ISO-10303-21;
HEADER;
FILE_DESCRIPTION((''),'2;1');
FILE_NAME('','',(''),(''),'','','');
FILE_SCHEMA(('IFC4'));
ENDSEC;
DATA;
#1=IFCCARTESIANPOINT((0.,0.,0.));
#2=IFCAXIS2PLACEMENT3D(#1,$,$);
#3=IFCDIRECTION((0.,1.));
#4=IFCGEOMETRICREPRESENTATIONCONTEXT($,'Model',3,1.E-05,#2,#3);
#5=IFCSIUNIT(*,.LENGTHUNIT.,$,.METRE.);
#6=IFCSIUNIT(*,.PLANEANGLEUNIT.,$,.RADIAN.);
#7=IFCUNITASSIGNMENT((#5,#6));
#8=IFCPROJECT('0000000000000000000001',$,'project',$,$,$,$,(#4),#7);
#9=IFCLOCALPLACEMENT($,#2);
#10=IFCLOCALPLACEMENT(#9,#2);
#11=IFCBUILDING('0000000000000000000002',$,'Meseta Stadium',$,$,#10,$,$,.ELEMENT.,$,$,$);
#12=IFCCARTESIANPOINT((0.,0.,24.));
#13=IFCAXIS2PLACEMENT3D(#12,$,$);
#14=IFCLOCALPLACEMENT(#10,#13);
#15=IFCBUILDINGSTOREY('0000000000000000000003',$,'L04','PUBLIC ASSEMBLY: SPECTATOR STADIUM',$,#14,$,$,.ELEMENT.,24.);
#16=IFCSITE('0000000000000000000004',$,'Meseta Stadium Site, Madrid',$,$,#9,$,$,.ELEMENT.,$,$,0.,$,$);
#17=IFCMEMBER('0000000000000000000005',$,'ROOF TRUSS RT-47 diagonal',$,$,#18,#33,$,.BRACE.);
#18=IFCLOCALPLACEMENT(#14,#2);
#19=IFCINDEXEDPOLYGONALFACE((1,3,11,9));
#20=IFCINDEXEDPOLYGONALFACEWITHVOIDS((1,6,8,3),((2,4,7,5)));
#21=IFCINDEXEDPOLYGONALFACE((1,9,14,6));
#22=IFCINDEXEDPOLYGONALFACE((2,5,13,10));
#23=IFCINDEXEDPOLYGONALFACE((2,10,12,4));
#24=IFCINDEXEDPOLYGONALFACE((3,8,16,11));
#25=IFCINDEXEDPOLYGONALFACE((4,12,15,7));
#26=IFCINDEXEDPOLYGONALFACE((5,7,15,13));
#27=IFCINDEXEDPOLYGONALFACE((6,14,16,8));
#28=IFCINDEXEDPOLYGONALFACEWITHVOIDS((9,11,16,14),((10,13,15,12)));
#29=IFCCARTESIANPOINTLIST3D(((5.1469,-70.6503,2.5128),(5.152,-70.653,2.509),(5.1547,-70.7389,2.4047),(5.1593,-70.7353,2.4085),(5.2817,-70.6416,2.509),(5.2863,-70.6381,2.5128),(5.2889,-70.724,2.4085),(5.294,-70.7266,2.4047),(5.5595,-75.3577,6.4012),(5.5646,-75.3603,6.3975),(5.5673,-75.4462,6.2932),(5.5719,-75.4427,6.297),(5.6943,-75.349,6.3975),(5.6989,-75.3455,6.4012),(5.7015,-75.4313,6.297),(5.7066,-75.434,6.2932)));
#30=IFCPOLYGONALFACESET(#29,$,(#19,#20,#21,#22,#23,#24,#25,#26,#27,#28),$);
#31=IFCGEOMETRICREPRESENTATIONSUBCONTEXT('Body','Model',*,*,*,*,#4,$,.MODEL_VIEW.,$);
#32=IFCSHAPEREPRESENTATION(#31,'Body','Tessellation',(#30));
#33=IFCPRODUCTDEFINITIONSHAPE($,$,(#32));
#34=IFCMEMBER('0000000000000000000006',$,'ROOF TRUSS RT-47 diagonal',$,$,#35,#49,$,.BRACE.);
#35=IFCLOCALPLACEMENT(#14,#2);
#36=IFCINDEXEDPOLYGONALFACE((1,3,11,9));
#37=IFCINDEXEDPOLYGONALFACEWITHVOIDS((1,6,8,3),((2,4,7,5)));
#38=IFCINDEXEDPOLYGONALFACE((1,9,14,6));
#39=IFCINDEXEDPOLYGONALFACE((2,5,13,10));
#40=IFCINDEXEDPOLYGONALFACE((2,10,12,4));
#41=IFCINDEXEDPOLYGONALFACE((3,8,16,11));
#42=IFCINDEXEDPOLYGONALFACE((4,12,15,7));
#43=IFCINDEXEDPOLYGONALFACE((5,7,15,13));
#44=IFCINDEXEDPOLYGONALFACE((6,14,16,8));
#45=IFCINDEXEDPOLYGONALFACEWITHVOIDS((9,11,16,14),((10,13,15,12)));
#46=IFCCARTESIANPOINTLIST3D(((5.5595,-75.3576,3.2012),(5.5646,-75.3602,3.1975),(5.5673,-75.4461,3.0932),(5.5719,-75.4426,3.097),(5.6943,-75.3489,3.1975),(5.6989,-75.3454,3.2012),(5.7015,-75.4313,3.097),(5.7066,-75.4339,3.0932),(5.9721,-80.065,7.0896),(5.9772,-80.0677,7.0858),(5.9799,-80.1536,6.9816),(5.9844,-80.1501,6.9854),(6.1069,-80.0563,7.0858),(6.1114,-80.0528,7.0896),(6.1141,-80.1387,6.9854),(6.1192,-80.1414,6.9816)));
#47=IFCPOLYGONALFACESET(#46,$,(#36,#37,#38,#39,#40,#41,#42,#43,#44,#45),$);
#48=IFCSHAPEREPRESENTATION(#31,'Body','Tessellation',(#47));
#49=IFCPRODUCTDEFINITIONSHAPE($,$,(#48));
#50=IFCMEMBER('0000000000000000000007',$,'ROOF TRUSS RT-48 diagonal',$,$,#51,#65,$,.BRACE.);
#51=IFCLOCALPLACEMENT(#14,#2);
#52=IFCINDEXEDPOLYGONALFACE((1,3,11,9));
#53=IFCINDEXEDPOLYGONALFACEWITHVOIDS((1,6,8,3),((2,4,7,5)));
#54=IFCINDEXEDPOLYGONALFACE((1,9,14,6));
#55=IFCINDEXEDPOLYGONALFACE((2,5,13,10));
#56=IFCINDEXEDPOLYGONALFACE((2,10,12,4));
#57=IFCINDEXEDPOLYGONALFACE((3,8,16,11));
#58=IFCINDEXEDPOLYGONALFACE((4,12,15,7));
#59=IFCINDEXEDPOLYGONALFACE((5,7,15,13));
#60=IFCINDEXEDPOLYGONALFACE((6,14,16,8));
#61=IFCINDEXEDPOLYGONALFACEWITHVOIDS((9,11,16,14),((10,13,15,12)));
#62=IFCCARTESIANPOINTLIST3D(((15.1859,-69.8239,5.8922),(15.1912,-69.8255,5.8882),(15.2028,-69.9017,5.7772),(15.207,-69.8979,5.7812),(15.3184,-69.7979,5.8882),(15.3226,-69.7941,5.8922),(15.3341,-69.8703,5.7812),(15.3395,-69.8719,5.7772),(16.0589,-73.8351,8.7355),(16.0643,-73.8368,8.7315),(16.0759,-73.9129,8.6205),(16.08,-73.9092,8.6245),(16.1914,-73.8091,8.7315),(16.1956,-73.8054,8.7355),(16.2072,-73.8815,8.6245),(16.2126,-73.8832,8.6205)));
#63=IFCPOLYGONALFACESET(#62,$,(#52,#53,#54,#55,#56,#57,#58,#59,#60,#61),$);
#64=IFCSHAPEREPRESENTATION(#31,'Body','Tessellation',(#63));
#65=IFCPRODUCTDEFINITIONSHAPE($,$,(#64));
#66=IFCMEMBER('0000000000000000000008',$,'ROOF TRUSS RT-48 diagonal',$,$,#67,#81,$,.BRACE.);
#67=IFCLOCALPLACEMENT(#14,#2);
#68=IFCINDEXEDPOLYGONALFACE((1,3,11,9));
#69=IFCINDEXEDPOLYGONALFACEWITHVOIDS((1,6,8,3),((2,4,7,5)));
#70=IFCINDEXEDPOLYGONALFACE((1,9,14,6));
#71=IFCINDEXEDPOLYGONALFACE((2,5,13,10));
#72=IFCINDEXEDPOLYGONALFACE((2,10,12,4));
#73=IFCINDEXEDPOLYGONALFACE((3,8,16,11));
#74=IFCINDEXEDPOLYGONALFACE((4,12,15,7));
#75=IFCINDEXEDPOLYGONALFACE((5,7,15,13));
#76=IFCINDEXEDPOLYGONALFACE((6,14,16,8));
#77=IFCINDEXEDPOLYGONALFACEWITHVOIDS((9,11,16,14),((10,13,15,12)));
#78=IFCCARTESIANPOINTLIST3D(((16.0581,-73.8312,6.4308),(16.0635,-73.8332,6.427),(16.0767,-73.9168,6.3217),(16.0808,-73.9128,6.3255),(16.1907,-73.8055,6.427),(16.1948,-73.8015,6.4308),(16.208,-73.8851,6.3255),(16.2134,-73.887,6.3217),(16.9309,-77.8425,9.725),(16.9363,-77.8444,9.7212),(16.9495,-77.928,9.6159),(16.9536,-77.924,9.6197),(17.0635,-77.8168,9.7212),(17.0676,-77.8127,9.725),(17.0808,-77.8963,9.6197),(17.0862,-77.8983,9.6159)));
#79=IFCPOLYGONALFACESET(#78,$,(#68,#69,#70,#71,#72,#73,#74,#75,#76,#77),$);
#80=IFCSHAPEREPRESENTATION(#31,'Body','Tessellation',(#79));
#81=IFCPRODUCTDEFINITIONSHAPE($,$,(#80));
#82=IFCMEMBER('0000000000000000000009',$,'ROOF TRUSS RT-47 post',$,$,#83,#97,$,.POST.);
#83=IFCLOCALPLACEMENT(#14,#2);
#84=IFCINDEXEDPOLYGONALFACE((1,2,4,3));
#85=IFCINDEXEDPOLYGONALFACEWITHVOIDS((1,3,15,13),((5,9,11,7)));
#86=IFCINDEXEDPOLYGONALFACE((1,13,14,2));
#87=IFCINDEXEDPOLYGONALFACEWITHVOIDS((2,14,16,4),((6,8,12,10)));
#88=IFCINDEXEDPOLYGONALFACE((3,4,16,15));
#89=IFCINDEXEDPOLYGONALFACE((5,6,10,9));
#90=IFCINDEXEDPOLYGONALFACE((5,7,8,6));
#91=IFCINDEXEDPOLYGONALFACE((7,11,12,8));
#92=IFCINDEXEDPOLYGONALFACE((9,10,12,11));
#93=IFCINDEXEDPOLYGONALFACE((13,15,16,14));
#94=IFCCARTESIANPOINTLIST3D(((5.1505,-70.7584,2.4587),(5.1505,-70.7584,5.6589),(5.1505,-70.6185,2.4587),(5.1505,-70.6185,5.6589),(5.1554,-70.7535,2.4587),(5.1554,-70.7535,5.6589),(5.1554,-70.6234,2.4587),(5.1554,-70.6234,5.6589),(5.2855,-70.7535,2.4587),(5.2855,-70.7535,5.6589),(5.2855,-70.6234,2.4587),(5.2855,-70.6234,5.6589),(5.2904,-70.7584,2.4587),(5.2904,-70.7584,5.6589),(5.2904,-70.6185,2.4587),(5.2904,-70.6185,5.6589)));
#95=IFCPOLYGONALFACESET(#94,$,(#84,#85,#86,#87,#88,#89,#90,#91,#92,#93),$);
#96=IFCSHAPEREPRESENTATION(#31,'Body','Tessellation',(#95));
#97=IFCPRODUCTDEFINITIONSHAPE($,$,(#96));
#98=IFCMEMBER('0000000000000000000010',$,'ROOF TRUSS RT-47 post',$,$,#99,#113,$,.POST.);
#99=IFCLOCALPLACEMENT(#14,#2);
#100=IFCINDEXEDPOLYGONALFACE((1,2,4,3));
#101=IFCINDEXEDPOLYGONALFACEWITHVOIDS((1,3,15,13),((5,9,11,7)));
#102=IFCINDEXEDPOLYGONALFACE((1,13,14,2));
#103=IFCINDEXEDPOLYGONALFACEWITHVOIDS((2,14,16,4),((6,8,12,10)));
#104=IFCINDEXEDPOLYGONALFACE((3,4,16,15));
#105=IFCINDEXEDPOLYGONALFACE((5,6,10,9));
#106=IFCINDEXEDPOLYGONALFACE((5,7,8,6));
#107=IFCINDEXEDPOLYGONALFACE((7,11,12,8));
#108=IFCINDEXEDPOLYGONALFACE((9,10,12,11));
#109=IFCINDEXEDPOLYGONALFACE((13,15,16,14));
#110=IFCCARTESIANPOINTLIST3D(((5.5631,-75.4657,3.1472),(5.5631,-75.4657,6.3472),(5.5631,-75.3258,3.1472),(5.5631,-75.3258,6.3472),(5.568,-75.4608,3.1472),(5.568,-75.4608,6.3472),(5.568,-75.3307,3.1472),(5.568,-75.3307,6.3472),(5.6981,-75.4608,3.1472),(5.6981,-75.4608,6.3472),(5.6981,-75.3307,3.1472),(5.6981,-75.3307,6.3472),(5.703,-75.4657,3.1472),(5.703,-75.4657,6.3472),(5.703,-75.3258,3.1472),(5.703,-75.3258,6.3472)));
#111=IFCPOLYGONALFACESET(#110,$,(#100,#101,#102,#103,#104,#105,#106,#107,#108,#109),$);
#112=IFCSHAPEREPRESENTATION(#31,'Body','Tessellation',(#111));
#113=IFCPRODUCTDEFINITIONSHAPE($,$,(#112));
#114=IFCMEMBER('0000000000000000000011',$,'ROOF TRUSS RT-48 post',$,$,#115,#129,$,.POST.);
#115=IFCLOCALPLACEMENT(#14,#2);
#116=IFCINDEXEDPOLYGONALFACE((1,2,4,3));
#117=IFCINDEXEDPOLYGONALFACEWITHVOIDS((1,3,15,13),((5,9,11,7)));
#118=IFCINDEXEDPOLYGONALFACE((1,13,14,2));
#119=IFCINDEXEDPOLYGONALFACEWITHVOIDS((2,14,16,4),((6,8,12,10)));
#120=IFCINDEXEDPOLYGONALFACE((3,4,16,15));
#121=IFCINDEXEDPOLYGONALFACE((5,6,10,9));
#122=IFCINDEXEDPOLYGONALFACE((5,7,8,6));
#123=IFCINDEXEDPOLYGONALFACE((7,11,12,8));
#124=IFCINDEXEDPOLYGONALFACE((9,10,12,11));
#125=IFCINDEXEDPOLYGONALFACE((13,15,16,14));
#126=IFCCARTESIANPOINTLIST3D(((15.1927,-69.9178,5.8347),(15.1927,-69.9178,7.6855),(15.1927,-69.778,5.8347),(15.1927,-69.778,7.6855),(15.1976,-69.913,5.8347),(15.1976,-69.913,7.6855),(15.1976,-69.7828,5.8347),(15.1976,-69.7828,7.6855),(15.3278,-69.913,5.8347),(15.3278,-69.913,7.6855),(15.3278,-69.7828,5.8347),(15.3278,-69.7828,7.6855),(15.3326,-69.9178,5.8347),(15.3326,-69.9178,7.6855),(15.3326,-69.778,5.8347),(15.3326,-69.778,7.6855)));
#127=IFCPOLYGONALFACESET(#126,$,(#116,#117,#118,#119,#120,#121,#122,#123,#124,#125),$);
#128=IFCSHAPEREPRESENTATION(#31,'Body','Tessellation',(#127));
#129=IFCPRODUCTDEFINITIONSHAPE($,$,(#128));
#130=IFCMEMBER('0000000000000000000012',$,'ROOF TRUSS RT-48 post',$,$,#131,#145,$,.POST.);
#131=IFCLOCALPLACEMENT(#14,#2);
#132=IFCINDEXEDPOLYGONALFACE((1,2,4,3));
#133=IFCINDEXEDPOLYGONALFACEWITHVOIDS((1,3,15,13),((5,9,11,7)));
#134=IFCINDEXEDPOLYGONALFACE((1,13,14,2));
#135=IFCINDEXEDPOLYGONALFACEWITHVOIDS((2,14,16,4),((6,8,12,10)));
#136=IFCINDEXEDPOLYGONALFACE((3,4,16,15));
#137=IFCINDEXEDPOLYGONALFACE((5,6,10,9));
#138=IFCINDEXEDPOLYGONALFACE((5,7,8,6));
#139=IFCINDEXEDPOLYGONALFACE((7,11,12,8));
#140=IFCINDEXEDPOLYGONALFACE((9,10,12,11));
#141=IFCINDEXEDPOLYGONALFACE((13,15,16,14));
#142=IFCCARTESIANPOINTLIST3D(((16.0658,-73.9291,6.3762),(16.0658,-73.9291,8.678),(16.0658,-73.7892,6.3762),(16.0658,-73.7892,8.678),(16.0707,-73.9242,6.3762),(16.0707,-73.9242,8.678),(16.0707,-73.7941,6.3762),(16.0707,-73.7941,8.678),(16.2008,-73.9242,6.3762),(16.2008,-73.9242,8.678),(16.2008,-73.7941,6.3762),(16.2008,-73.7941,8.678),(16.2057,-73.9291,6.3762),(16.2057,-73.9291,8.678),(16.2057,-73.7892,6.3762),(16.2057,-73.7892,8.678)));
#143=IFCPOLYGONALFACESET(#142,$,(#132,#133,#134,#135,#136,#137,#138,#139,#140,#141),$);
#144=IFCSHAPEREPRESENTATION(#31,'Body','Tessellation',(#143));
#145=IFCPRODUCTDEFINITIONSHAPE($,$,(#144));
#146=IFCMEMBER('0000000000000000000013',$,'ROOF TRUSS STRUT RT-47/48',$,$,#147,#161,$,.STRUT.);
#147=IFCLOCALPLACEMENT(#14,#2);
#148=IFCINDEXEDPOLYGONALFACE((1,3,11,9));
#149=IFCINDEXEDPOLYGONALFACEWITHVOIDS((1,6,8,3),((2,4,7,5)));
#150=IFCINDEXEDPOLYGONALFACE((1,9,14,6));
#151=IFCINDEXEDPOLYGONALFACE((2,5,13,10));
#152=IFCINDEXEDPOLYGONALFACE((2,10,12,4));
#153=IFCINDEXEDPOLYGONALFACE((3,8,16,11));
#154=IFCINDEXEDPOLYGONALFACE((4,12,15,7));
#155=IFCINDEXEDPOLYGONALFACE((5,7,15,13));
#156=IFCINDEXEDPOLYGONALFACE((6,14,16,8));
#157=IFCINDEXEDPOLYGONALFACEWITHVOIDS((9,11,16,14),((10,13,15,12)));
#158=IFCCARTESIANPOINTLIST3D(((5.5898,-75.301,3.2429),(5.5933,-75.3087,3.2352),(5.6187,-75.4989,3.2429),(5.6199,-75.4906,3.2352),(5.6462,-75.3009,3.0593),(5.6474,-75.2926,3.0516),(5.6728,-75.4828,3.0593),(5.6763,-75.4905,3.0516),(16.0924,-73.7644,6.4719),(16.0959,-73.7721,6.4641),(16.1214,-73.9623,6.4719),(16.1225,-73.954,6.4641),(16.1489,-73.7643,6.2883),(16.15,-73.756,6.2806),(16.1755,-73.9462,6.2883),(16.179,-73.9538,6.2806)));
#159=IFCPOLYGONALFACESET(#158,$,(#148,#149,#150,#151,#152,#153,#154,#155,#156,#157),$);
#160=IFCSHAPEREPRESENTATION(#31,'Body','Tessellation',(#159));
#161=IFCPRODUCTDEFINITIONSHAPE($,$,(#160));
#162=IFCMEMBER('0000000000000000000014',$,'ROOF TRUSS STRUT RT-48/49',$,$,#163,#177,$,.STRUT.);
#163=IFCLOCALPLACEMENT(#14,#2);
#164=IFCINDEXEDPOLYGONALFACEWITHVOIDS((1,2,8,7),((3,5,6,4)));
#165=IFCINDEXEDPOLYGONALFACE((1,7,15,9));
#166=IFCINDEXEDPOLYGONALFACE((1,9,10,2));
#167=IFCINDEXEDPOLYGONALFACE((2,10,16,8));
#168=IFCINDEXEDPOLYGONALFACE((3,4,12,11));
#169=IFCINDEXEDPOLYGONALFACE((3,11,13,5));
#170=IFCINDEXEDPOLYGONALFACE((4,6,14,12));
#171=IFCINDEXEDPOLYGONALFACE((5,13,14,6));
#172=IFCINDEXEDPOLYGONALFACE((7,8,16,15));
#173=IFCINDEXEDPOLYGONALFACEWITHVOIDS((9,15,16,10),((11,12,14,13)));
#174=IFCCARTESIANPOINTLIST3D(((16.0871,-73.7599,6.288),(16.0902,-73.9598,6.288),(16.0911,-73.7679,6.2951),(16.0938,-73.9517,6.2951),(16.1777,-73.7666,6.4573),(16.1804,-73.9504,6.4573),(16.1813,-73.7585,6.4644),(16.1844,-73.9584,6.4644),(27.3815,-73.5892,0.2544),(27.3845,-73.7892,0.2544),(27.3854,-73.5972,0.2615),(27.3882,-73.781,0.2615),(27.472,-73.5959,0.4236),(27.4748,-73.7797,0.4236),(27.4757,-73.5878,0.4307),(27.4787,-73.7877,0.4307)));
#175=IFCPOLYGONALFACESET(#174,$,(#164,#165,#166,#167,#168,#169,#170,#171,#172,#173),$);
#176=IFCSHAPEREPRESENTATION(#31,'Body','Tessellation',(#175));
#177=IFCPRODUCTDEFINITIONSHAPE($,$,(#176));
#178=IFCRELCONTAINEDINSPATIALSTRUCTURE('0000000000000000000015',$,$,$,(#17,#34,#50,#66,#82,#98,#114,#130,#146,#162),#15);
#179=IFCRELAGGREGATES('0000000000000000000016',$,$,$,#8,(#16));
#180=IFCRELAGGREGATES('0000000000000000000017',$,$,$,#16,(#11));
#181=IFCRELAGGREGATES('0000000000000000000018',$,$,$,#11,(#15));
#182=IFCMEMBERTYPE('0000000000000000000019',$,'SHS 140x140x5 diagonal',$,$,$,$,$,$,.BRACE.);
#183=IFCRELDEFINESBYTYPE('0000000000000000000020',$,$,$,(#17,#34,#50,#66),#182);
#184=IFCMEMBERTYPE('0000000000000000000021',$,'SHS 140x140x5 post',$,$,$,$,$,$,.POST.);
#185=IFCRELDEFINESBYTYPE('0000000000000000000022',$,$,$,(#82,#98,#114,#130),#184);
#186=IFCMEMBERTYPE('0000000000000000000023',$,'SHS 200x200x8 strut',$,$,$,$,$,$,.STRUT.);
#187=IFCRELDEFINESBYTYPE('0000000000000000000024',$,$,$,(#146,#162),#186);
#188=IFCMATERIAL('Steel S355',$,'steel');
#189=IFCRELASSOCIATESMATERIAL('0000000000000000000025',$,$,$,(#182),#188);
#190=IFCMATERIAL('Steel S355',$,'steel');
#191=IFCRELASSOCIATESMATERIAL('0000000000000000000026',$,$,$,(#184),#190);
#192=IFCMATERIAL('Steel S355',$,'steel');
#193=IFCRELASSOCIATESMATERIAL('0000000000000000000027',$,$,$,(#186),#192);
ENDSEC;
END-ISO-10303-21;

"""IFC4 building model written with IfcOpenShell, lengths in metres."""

from ifc_helpers import new_model, si_unit, direction, frame, origin, origin_2d, place, context, subcontext, project, spatial, hollow_rectangle, extrude, material, material_profile, profile_set, type_object, element, save


model = new_model("IFC4")

# Units and contexts
model_context = context("Model", 3, precision=1e-05, world=origin(), true_north=direction((0.0, 1.0)))
body_context = subcontext(model_context, "Body", "Model", "MODEL_VIEW")
ifc_project = project(units=[si_unit("LENGTHUNIT", "METRE"), si_unit("PLANEANGLEUNIT", "RADIAN")], contexts=[model_context])

# Site, building, storey
site_placement = place(None, origin())
site = spatial("IfcSite", under=ifc_project, at=site_placement, Name="Meseta Stadium Site, Madrid", CompositionType="ELEMENT", RefElevation=0.0)
building_placement = place(site_placement, origin())
building = spatial("IfcBuilding", under=site, at=building_placement, Name="Meseta Stadium", CompositionType="ELEMENT")
storey_placement = place(building_placement, frame((0.0, 0.0, 24.0)))
storey = spatial("IfcBuildingStorey", under=building, at=storey_placement, Name="L04", Description="PUBLIC ASSEMBLY: SPECTATOR STADIUM", CompositionType="ELEMENT", Elevation=24.0)

# Members
ifc_material_1 = material(Name="Steel S355", Category="steel")
ifc_material_profile_1 = material_profile(ifc_material_1, hollow_rectangle(XDim=0.1399, YDim=0.1399, WallThickness=0.0049, at=origin_2d()), Name="SHS 140x140x5")
ifc_profile_set_1 = profile_set([ifc_material_profile_1], Name="Steel S355")
member_type_1 = type_object("IfcMemberType", Name="SHS 140x140x5 diagonal", PredefinedType="BRACE", material=ifc_profile_set_1)
for number, where, z_axis, x_axis, name in (
    (1, (5.2205, -70.6885, 2.4587), (0.067423, -0.769223, 0.635414), (0.996181, 0.087316, 0.0), "ROOF TRUSS RT-47 diagonal"),
    (2, (5.6331, -75.3958, 3.1472), (0.067421, -0.769239, 0.635394), (0.996181, 0.087312, 0.0), "ROOF TRUSS RT-47 diagonal"),
):
    element("IfcMember", number, at=place(storey_placement, frame(where, z_axis=z_axis, x_axis=x_axis)), inside=storey, type_object=member_type_1, Name=name, PredefinedType="BRACE", context=body_context, shape_type="SweptSolid", body=[
        extrude(hollow_rectangle(XDim=0.1399, YDim=0.1399, WallThickness=0.0049, at=origin_2d()), origin(), (0.0, 0.0, 1.0), 6.1196),
    ])
member_1_placement = place(storey_placement, frame((15.2627, -69.8479, 5.8347), z_axis=(0.174832, -0.80327, 0.569378), x_axis=(0.977124, 0.212672, 0.0)))
element("IfcMember", 3, at=member_1_placement, inside=storey, type_object=member_type_1, Name="ROOF TRUSS RT-48 diagonal", PredefinedType="BRACE", context=body_context, shape_type="SweptSolid", body=[
    extrude(hollow_rectangle(XDim=0.1399, YDim=0.1399, WallThickness=0.0049, at=origin_2d()), origin(), (0.0, 0.0, 1.0), 4.9937),
])
member_2_placement = place(storey_placement, frame((16.1357, -73.8591, 6.3762), z_axis=(0.165825, -0.762098, 0.625867), x_axis=(0.977136, 0.212615, 0.0)))
element("IfcMember", 4, at=member_2_placement, inside=storey, type_object=member_type_1, Name="ROOF TRUSS RT-48 diagonal", PredefinedType="BRACE", context=body_context, shape_type="SweptSolid", body=[
    extrude(hollow_rectangle(XDim=0.1399, YDim=0.1399, WallThickness=0.0049, at=origin_2d()), origin(), (0.0, 0.0, 1.0), 5.2634),
])
ifc_material_2 = material(Name="Steel S355", Category="steel")
ifc_material_profile_2 = material_profile(ifc_material_2, hollow_rectangle(XDim=0.1399, YDim=0.1399, WallThickness=0.0049, at=origin_2d()), Name="SHS 140x140x5")
ifc_profile_set_2 = profile_set([ifc_material_profile_2], Name="Steel S355")
member_type_2 = type_object("IfcMemberType", Name="SHS 140x140x5 post", PredefinedType="POST", material=ifc_profile_set_2)
member_3_placement = place(storey_placement, frame((5.2205, -70.6885, 2.4587), z_axis=(0.0, 0.0, 1.0), x_axis=(1.0, 0.0, 0.0)))
element("IfcMember", 5, at=member_3_placement, inside=storey, type_object=member_type_2, Name="ROOF TRUSS RT-47 post", PredefinedType="POST", context=body_context, shape_type="SweptSolid", body=[
    extrude(hollow_rectangle(XDim=0.1399, YDim=0.1399, WallThickness=0.0049, at=origin_2d()), origin(), (0.0, 0.0, 1.0), 3.2002),
])
member_4_placement = place(storey_placement, frame((5.6331, -75.3958, 3.1472), z_axis=(0.0, 0.0, 1.0), x_axis=(1.0, 0.0, 0.0)))
element("IfcMember", 6, at=member_4_placement, inside=storey, type_object=member_type_2, Name="ROOF TRUSS RT-47 post", PredefinedType="POST", context=body_context, shape_type="SweptSolid", body=[
    extrude(hollow_rectangle(XDim=0.1399, YDim=0.1399, WallThickness=0.0049, at=origin_2d()), origin(), (0.0, 0.0, 1.0), 3.2),
])
member_5_placement = place(storey_placement, frame((15.2627, -69.8479, 5.8347), z_axis=(0.0, 0.0, 1.0), x_axis=(1.0, 0.0, 0.0)))
element("IfcMember", 7, at=member_5_placement, inside=storey, type_object=member_type_2, Name="ROOF TRUSS RT-48 post", PredefinedType="POST", context=body_context, shape_type="SweptSolid", body=[
    extrude(hollow_rectangle(XDim=0.1399, YDim=0.1399, WallThickness=0.0049, at=origin_2d()), origin(), (0.0, 0.0, 1.0), 1.8508),
])
member_6_placement = place(storey_placement, frame((16.1357, -73.8591, 6.3762), z_axis=(0.0, 0.0, 1.0), x_axis=(1.0, 0.0, 0.0)))
element("IfcMember", 8, at=member_6_placement, inside=storey, type_object=member_type_2, Name="ROOF TRUSS RT-48 post", PredefinedType="POST", context=body_context, shape_type="SweptSolid", body=[
    extrude(hollow_rectangle(XDim=0.1399, YDim=0.1399, WallThickness=0.0049, at=origin_2d()), origin(), (0.0, 0.0, 1.0), 2.3018),
])
ifc_material_3 = material(Name="Steel S355", Category="steel")
ifc_material_profile_3 = material_profile(ifc_material_3, hollow_rectangle(XDim=0.2, YDim=0.2, WallThickness=0.0081, at=origin_2d()), Name="SHS 200x200x8")
ifc_profile_set_3 = profile_set([ifc_material_profile_3], Name="Steel S355")
member_type_3 = type_object("IfcMemberType", Name="SHS 200x200x8 strut", PredefinedType="STRUT", material=ifc_profile_set_3)
member_7_placement = place(storey_placement, frame((5.6331, -75.3958, 3.1472), z_axis=(0.946633, 0.1385, 0.291038), x_axis=(-0.144766, 0.989466, 0.0)))
element("IfcMember", 9, at=member_7_placement, inside=storey, type_object=member_type_3, Name="ROOF TRUSS STRUT RT-47/48", PredefinedType="STRUT", context=body_context, shape_type="SweptSolid", body=[
    extrude(hollow_rectangle(XDim=0.2, YDim=0.2, WallThickness=0.0081, at=origin_2d()), origin(), (0.0, 0.0, 1.0), 11.0947),
])
member_8_placement = place(storey_placement, frame((16.1357, -73.8591, 6.3762), z_axis=(0.88195, 0.013326, -0.471154), x_axis=(-0.015108, 0.999886, 0.0)))
element("IfcMember", 10, at=member_8_placement, inside=storey, type_object=member_type_3, Name="ROOF TRUSS STRUT RT-48/49", PredefinedType="STRUT", context=body_context, shape_type="SweptSolid", body=[
    extrude(hollow_rectangle(XDim=0.2, YDim=0.2, WallThickness=0.0081, at=origin_2d()), origin(), (0.0, 0.0, 1.0), 12.8062),
])

save(model, "model.ifc")
